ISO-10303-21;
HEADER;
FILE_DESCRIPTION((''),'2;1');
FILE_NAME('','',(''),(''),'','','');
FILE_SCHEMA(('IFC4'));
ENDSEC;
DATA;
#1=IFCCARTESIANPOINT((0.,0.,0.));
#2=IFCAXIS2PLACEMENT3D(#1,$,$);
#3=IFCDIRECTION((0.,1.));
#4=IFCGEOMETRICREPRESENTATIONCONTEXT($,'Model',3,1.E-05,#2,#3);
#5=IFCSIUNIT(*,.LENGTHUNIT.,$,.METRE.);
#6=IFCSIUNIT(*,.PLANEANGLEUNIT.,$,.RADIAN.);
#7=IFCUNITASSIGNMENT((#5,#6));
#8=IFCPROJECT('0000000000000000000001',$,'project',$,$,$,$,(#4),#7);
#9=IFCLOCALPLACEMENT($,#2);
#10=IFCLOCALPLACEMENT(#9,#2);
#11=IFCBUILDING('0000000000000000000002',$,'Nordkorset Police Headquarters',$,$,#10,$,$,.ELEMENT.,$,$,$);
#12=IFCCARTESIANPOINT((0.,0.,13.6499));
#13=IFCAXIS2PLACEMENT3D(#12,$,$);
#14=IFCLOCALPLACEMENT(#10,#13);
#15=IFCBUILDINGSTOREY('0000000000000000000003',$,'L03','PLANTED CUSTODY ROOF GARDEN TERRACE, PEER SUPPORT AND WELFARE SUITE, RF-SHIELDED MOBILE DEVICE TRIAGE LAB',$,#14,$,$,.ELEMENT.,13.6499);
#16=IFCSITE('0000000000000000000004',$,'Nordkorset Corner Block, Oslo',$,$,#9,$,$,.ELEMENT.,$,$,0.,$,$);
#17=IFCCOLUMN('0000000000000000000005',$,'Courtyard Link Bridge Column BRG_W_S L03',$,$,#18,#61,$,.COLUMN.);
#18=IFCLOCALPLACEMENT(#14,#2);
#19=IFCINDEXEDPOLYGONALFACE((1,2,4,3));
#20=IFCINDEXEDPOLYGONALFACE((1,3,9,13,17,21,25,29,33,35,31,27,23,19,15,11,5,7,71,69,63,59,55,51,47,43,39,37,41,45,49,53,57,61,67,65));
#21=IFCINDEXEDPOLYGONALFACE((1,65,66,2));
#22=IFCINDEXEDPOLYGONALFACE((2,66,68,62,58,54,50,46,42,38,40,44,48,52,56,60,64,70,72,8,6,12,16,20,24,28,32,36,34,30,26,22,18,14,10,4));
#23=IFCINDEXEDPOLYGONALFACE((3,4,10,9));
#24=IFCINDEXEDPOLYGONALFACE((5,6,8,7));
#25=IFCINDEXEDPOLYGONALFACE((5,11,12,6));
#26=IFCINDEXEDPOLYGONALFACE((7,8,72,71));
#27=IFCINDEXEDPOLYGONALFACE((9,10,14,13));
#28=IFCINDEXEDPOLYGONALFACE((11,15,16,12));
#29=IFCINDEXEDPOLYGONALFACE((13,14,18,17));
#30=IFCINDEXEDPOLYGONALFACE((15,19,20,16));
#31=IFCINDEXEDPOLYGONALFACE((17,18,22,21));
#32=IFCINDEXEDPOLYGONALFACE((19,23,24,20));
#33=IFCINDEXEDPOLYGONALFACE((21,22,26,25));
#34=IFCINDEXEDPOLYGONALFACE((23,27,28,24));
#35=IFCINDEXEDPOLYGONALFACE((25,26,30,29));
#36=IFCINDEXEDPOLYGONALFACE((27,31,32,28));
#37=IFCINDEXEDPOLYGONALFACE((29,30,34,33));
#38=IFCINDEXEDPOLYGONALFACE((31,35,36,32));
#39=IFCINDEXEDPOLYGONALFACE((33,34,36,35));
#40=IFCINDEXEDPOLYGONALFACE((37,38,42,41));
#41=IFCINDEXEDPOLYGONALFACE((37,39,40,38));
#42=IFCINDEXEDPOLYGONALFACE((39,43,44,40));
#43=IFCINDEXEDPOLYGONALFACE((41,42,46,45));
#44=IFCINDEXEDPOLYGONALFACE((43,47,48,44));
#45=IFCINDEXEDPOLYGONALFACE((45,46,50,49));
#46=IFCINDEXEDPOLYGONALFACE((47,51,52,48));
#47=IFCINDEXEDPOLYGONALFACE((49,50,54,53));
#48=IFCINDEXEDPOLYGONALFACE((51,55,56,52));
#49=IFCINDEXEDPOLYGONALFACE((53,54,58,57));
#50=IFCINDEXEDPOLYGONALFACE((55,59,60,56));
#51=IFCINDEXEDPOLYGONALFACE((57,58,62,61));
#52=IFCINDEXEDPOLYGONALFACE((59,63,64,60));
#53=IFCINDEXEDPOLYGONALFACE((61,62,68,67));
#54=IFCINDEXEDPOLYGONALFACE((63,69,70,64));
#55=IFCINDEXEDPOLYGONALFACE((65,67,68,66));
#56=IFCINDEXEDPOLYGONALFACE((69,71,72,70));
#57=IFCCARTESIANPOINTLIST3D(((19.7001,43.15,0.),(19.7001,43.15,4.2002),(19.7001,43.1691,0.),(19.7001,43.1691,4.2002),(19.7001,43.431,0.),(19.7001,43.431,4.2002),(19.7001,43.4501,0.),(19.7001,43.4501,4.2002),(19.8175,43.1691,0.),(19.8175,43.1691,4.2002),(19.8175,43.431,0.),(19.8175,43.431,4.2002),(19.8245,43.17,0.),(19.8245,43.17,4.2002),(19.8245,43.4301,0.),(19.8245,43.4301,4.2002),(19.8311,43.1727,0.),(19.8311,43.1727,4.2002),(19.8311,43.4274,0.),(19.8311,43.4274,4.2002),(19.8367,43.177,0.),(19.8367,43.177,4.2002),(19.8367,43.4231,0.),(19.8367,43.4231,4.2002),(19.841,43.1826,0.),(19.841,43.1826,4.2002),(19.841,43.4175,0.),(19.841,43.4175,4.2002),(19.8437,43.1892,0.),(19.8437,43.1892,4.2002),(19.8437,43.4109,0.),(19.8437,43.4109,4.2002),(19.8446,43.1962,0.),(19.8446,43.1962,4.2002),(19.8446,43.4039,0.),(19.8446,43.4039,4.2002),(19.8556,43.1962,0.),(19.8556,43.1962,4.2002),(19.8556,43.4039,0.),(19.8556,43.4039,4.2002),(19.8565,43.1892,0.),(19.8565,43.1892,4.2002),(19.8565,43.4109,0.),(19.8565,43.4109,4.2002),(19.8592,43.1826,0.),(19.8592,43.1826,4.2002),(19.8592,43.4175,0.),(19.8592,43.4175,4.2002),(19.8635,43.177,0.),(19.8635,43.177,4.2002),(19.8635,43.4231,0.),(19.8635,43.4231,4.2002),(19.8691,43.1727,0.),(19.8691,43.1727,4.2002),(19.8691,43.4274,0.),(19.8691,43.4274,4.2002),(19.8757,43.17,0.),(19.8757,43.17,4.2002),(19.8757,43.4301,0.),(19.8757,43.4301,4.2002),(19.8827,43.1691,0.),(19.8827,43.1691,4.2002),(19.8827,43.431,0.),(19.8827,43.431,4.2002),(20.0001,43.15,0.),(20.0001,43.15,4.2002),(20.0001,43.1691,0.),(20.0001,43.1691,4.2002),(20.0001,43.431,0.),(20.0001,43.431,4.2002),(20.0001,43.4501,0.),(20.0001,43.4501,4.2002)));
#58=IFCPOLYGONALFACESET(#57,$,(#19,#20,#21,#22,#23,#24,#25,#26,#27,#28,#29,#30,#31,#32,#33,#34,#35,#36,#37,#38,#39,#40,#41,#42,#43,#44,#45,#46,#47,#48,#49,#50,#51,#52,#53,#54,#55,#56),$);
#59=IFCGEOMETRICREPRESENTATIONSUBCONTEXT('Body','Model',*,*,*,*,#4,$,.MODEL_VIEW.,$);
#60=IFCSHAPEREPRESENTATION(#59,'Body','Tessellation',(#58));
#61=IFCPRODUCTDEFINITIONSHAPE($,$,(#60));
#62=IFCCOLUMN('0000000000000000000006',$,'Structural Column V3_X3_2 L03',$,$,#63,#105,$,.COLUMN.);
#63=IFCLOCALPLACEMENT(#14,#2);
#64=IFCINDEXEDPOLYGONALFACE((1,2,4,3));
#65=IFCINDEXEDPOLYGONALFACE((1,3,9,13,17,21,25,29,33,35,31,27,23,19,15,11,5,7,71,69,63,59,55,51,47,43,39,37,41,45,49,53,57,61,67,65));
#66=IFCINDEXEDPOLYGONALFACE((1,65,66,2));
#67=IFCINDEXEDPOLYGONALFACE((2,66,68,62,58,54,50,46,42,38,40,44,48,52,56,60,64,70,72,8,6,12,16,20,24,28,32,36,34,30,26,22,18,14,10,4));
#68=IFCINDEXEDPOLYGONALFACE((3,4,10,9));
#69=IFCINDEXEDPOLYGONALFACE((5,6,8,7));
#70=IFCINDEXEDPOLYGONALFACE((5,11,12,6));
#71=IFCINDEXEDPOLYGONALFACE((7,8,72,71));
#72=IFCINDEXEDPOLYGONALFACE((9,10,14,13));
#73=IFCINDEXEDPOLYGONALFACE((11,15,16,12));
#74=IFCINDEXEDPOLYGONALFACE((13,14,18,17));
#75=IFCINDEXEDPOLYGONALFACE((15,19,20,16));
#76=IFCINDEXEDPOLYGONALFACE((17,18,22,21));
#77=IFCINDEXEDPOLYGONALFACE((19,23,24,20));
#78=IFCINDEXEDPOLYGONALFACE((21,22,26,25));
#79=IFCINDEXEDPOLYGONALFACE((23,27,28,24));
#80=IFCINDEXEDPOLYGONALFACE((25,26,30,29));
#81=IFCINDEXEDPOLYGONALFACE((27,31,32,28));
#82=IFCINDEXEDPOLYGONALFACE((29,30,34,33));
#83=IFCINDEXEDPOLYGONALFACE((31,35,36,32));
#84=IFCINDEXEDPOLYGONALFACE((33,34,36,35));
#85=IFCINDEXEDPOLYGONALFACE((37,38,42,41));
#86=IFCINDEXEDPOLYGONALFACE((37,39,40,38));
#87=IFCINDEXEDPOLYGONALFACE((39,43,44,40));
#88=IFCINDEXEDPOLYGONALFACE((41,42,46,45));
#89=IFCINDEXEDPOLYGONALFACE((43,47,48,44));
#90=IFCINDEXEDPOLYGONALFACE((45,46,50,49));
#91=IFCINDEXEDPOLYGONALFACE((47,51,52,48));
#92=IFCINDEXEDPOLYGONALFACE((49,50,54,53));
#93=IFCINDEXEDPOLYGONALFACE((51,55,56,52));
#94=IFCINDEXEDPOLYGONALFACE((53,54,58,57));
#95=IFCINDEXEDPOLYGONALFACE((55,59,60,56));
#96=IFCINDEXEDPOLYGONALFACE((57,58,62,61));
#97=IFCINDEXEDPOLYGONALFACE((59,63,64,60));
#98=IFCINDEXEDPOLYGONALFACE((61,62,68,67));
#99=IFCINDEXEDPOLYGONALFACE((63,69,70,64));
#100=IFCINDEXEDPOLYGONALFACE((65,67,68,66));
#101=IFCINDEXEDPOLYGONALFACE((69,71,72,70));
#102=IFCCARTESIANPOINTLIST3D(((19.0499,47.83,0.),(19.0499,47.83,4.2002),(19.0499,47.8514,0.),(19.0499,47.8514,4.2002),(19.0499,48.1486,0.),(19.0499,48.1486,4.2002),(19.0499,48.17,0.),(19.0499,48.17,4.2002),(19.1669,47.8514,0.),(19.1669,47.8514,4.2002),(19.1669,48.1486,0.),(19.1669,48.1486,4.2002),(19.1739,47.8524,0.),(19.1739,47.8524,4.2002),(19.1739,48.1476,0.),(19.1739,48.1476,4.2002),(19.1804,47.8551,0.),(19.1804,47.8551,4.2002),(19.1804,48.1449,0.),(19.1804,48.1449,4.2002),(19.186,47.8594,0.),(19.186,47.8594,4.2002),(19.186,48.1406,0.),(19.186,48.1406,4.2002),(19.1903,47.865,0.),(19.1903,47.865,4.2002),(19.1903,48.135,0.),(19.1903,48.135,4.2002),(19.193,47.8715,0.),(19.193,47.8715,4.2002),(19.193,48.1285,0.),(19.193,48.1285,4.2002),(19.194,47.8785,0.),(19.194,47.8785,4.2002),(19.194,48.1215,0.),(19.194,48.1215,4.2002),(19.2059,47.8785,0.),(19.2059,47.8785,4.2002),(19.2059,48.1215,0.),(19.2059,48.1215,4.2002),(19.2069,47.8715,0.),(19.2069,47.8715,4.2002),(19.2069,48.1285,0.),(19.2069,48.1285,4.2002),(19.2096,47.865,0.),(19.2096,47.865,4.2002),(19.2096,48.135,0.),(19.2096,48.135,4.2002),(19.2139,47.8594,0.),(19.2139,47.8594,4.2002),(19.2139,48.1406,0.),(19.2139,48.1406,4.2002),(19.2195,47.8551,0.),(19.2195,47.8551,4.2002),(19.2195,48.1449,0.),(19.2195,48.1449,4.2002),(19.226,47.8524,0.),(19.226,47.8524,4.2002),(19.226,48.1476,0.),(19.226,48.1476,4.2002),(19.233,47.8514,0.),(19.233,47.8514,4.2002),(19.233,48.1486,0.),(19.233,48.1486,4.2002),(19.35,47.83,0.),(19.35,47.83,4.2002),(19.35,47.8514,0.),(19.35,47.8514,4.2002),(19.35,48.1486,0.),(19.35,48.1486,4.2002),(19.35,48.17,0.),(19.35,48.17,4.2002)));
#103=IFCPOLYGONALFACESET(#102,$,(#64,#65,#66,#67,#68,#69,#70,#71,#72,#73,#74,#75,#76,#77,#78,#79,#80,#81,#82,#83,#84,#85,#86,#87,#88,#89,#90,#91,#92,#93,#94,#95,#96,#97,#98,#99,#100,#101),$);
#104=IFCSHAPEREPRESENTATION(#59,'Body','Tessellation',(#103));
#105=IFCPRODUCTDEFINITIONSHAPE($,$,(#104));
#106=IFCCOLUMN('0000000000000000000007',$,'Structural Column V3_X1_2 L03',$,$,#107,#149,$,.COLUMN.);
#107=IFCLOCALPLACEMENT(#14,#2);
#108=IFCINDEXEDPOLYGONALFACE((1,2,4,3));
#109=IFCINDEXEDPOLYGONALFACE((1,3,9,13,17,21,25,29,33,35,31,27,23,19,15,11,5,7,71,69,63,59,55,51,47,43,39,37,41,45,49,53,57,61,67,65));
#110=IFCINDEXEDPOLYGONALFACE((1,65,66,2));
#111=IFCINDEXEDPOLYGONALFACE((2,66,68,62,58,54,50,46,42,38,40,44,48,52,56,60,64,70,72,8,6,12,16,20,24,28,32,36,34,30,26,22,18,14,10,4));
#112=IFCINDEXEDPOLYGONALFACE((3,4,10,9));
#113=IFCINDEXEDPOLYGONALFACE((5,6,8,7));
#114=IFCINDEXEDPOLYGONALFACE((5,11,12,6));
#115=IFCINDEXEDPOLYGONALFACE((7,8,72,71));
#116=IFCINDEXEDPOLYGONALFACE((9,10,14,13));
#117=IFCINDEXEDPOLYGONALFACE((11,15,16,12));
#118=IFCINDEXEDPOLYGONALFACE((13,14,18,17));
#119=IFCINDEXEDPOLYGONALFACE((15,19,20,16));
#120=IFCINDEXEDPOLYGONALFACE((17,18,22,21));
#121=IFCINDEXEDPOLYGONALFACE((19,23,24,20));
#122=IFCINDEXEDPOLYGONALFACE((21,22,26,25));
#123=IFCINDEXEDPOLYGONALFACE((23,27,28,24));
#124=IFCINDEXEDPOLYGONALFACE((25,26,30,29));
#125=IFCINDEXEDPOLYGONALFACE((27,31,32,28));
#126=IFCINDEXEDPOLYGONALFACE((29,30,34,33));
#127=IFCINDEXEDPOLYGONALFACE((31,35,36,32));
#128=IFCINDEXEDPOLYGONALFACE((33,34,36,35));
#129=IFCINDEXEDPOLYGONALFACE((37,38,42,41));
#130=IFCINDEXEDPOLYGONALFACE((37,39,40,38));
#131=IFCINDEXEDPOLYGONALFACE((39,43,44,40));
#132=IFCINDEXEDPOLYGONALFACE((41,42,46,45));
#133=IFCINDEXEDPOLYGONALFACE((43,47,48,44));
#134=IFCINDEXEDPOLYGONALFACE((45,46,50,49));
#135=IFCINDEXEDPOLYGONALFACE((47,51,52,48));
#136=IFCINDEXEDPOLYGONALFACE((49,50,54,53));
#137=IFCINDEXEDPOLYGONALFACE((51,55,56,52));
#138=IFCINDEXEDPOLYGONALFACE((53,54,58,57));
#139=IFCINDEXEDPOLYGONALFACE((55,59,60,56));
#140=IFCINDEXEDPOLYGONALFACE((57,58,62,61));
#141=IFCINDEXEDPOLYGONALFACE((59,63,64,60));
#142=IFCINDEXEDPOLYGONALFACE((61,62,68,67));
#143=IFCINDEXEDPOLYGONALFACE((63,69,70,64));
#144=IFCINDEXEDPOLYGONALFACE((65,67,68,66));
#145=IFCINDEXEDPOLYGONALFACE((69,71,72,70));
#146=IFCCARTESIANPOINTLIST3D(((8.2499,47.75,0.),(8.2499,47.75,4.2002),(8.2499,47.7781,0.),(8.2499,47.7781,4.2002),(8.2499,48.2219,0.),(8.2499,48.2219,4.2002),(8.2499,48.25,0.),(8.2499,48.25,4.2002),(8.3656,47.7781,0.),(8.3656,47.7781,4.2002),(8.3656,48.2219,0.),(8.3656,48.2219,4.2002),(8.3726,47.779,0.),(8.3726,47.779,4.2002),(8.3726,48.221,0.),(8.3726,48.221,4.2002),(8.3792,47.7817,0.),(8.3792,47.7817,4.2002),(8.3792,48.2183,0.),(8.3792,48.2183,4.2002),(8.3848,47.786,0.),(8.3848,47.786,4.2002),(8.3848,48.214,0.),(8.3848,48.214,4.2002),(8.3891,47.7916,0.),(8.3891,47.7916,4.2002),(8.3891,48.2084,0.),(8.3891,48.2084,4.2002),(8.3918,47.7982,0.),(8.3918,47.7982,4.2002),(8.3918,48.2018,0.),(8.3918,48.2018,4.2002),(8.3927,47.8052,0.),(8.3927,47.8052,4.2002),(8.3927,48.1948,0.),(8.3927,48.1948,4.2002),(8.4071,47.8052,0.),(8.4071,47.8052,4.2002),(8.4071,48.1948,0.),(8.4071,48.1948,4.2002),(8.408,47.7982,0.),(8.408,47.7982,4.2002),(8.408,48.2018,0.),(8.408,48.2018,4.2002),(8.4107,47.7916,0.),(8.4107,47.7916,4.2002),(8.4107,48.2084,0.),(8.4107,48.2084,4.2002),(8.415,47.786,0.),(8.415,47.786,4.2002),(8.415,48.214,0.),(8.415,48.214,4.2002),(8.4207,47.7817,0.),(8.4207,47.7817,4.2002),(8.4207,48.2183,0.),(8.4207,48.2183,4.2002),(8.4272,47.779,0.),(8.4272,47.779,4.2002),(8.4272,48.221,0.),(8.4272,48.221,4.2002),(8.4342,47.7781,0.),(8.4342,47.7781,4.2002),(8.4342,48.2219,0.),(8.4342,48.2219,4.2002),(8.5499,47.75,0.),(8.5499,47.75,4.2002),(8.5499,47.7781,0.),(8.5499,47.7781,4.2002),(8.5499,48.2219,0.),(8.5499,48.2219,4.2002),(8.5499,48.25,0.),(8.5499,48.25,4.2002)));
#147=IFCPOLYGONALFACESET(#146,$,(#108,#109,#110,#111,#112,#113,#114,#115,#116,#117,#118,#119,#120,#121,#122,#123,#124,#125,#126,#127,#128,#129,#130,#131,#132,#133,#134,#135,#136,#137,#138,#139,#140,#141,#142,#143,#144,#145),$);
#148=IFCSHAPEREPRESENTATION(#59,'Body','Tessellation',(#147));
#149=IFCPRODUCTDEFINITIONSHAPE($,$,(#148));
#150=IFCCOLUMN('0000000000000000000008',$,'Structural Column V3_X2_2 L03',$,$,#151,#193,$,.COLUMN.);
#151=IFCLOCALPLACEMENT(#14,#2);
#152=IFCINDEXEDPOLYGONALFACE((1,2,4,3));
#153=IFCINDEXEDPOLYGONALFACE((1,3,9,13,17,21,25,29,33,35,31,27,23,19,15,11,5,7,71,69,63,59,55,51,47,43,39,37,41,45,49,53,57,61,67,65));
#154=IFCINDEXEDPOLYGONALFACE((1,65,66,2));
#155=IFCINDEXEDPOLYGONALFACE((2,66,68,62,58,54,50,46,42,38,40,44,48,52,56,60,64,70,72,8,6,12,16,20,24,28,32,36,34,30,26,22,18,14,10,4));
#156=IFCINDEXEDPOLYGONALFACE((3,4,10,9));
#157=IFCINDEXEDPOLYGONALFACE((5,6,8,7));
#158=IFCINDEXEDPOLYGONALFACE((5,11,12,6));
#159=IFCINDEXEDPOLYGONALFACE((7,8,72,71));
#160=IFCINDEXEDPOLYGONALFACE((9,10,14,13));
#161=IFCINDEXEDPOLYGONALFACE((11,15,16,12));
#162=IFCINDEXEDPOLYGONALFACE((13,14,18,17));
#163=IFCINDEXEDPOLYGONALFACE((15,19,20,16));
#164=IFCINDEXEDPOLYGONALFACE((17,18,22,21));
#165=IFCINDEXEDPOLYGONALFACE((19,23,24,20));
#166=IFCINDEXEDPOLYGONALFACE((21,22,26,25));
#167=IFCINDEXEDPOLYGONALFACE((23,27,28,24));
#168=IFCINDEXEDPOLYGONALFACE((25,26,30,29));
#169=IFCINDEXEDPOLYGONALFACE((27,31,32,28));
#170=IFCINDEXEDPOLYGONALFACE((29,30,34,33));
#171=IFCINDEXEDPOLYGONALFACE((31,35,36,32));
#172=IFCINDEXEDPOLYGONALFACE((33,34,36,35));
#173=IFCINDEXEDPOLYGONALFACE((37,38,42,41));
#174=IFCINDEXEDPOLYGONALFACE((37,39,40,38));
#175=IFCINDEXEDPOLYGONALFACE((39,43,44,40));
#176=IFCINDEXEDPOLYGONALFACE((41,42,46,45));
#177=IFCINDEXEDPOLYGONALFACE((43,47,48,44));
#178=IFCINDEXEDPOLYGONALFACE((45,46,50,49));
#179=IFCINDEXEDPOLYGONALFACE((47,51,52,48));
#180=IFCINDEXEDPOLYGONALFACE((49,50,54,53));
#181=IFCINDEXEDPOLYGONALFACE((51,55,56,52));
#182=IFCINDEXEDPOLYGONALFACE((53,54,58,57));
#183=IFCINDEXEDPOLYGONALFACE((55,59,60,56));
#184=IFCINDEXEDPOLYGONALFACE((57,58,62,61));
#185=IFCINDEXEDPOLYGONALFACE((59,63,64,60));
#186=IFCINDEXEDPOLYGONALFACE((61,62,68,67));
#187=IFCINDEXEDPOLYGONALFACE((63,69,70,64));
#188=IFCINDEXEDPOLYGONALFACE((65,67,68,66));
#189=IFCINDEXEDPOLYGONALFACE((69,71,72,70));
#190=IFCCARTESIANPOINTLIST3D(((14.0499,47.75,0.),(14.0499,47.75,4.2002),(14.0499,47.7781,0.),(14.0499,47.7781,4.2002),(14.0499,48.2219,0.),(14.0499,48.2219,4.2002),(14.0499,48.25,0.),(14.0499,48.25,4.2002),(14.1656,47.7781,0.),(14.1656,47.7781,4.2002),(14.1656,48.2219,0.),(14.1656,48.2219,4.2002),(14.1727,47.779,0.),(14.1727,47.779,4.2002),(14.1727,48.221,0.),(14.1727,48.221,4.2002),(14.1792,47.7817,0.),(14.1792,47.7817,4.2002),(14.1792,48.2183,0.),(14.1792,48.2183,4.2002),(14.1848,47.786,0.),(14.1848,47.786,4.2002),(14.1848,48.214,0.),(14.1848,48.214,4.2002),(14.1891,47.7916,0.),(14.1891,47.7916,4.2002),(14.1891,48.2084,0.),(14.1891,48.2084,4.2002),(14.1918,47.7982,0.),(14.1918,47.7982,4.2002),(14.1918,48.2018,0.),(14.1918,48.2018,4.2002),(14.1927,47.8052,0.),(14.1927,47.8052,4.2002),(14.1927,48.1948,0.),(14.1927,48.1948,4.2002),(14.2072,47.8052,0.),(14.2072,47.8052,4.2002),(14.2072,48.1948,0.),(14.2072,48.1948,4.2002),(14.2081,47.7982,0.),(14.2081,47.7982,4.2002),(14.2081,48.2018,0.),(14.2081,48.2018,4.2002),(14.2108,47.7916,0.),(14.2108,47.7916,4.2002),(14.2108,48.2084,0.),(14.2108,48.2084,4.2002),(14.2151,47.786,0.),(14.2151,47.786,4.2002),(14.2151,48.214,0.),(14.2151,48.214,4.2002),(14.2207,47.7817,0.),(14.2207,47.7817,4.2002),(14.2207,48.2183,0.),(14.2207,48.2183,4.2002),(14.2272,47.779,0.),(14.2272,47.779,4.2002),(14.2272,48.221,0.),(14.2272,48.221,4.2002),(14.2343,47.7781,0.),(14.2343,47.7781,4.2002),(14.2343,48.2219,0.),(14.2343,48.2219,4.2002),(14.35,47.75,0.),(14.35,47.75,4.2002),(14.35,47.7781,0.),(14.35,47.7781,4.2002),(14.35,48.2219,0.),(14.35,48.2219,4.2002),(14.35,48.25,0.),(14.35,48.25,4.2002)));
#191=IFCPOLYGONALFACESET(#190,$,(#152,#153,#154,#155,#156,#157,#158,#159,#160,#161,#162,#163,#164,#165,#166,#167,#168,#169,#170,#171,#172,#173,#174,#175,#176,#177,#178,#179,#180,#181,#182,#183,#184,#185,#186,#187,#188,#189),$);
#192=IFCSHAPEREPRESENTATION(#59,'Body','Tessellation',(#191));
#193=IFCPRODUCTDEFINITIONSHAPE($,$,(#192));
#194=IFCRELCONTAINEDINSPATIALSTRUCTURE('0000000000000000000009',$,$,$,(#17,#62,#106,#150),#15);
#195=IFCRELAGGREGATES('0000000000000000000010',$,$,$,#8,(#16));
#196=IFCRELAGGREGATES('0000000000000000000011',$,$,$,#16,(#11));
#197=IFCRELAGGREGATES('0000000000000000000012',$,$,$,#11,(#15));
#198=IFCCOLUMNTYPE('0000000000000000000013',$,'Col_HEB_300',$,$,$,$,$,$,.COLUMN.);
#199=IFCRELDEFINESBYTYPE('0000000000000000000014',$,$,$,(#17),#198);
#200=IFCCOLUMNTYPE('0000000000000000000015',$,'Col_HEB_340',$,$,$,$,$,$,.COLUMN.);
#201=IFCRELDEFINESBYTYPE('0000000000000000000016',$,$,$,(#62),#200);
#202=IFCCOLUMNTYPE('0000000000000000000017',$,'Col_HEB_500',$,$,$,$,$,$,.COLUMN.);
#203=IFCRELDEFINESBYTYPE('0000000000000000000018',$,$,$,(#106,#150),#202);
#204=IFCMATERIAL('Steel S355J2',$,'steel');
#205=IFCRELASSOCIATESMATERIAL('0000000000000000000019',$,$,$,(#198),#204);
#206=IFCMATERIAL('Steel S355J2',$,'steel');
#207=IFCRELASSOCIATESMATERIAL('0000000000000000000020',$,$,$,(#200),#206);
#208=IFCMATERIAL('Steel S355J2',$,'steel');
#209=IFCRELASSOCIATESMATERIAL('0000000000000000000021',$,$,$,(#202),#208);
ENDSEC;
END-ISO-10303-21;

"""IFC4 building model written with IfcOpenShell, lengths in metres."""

from ifc_helpers import new_model, si_unit, direction, frame, origin, origin_2d, place, context, subcontext, project, spatial, i_section, extrude, material, material_profile, profile_set, type_object, element, save


model = new_model("IFC4")

# Units and contexts
model_context = context("Model", 3, precision=1e-05, world=origin(), true_north=direction((0.0, 1.0)))
body_context = subcontext(model_context, "Body", "Model", "MODEL_VIEW")
ifc_project = project(units=[si_unit("LENGTHUNIT", "METRE"), si_unit("PLANEANGLEUNIT", "RADIAN")], contexts=[model_context])

# Site, building, storey
site_placement = place(None, origin())
site = spatial("IfcSite", under=ifc_project, at=site_placement, Name="Nordkorset Corner Block, Oslo", CompositionType="ELEMENT", RefElevation=0.0)
building_placement = place(site_placement, origin())
building = spatial("IfcBuilding", under=site, at=building_placement, Name="Nordkorset Police Headquarters", CompositionType="ELEMENT")
storey_placement = place(building_placement, frame((0.0, 0.0, 13.6499)))
storey = spatial("IfcBuildingStorey", under=building, at=storey_placement, Name="L03", Description="PLANTED CUSTODY ROOF GARDEN TERRACE, PEER SUPPORT AND WELFARE SUITE, RF-SHIELDED MOBILE DEVICE TRIAGE LAB", CompositionType="ELEMENT", Elevation=13.6499)

# Columns
ifc_material_1 = material(Name="Steel S355J2", Category="steel")
ifc_material_profile_1 = material_profile(ifc_material_1, i_section(OverallWidth=0.3, OverallDepth=0.3, WebThickness=0.011, FlangeThickness=0.019, FilletRadius=0.0271, at=origin_2d()), Name="HEB 300")
ifc_profile_set_1 = profile_set([ifc_material_profile_1], Name="Steel S355J2")
column_type_1 = type_object("IfcColumnType", Name="Col_HEB_300", PredefinedType="COLUMN", material=ifc_profile_set_1)
column_1_placement = place(storey_placement, frame((19.8501, 43.3, 0.0), z_axis=(0.0, 0.0, 1.0), x_axis=(1.0, 0.0, 0.0)))
element("IfcColumn", 1, at=column_1_placement, inside=storey, type_object=column_type_1, Name="Courtyard Link Bridge Column BRG_W_S L03", PredefinedType="COLUMN", context=body_context, shape_type="SweptSolid", body=[
    extrude(i_section(OverallWidth=0.3, OverallDepth=0.3, WebThickness=0.011, FlangeThickness=0.019, FilletRadius=0.0271, at=origin_2d()), origin(), (0.0, 0.0, 1.0), 4.2002),
])
ifc_material_2 = material(Name="Steel S355J2", Category="steel")
ifc_material_profile_2 = material_profile(ifc_material_2, i_section(OverallWidth=0.3, OverallDepth=0.3401, WebThickness=0.012, FlangeThickness=0.0215, FilletRadius=0.0271, at=origin_2d()), Name="HEB 340")
ifc_profile_set_2 = profile_set([ifc_material_profile_2], Name="Steel S355J2")
column_type_2 = type_object("IfcColumnType", Name="Col_HEB_340", PredefinedType="COLUMN", material=ifc_profile_set_2)
column_2_placement = place(storey_placement, frame((19.2, 48.0, 0.0), z_axis=(0.0, 0.0, 1.0), x_axis=(1.0, 0.0, 0.0)))
element("IfcColumn", 2, at=column_2_placement, inside=storey, type_object=column_type_2, Name="Structural Column V3_X3_2 L03", PredefinedType="COLUMN", context=body_context, shape_type="SweptSolid", body=[
    extrude(i_section(OverallWidth=0.3, OverallDepth=0.3401, WebThickness=0.012, FlangeThickness=0.0215, FilletRadius=0.0271, at=origin_2d()), origin(), (0.0, 0.0, 1.0), 4.2002),
])
ifc_material_3 = material(Name="Steel S355J2", Category="steel")
ifc_material_profile_3 = material_profile(ifc_material_3, i_section(OverallWidth=0.3, OverallDepth=0.5, WebThickness=0.0144, FlangeThickness=0.0281, FilletRadius=0.0271, at=origin_2d()), Name="HEB 500")
ifc_profile_set_3 = profile_set([ifc_material_profile_3], Name="Steel S355J2")
column_type_3 = type_object("IfcColumnType", Name="Col_HEB_500", PredefinedType="COLUMN", material=ifc_profile_set_3)
for number, where, z_axis, x_axis, name in (
    (3, (8.3999, 48.0, 0.0), (0.0, 0.0, 1.0), (1.0, 0.0, 0.0), "Structural Column V3_X1_2 L03"),
    (4, (14.2, 48.0, 0.0), (0.0, 0.0, 1.0), (1.0, 0.0, 0.0), "Structural Column V3_X2_2 L03"),
):
    element("IfcColumn", number, at=place(storey_placement, frame(where, z_axis=z_axis, x_axis=x_axis)), inside=storey, type_object=column_type_3, Name=name, PredefinedType="COLUMN", context=body_context, shape_type="SweptSolid", body=[
        extrude(i_section(OverallWidth=0.3, OverallDepth=0.5, WebThickness=0.0144, FlangeThickness=0.0281, FilletRadius=0.0271, at=origin_2d()), origin(), (0.0, 0.0, 1.0), 4.2002),
    ])

save(model, "model.ifc")
